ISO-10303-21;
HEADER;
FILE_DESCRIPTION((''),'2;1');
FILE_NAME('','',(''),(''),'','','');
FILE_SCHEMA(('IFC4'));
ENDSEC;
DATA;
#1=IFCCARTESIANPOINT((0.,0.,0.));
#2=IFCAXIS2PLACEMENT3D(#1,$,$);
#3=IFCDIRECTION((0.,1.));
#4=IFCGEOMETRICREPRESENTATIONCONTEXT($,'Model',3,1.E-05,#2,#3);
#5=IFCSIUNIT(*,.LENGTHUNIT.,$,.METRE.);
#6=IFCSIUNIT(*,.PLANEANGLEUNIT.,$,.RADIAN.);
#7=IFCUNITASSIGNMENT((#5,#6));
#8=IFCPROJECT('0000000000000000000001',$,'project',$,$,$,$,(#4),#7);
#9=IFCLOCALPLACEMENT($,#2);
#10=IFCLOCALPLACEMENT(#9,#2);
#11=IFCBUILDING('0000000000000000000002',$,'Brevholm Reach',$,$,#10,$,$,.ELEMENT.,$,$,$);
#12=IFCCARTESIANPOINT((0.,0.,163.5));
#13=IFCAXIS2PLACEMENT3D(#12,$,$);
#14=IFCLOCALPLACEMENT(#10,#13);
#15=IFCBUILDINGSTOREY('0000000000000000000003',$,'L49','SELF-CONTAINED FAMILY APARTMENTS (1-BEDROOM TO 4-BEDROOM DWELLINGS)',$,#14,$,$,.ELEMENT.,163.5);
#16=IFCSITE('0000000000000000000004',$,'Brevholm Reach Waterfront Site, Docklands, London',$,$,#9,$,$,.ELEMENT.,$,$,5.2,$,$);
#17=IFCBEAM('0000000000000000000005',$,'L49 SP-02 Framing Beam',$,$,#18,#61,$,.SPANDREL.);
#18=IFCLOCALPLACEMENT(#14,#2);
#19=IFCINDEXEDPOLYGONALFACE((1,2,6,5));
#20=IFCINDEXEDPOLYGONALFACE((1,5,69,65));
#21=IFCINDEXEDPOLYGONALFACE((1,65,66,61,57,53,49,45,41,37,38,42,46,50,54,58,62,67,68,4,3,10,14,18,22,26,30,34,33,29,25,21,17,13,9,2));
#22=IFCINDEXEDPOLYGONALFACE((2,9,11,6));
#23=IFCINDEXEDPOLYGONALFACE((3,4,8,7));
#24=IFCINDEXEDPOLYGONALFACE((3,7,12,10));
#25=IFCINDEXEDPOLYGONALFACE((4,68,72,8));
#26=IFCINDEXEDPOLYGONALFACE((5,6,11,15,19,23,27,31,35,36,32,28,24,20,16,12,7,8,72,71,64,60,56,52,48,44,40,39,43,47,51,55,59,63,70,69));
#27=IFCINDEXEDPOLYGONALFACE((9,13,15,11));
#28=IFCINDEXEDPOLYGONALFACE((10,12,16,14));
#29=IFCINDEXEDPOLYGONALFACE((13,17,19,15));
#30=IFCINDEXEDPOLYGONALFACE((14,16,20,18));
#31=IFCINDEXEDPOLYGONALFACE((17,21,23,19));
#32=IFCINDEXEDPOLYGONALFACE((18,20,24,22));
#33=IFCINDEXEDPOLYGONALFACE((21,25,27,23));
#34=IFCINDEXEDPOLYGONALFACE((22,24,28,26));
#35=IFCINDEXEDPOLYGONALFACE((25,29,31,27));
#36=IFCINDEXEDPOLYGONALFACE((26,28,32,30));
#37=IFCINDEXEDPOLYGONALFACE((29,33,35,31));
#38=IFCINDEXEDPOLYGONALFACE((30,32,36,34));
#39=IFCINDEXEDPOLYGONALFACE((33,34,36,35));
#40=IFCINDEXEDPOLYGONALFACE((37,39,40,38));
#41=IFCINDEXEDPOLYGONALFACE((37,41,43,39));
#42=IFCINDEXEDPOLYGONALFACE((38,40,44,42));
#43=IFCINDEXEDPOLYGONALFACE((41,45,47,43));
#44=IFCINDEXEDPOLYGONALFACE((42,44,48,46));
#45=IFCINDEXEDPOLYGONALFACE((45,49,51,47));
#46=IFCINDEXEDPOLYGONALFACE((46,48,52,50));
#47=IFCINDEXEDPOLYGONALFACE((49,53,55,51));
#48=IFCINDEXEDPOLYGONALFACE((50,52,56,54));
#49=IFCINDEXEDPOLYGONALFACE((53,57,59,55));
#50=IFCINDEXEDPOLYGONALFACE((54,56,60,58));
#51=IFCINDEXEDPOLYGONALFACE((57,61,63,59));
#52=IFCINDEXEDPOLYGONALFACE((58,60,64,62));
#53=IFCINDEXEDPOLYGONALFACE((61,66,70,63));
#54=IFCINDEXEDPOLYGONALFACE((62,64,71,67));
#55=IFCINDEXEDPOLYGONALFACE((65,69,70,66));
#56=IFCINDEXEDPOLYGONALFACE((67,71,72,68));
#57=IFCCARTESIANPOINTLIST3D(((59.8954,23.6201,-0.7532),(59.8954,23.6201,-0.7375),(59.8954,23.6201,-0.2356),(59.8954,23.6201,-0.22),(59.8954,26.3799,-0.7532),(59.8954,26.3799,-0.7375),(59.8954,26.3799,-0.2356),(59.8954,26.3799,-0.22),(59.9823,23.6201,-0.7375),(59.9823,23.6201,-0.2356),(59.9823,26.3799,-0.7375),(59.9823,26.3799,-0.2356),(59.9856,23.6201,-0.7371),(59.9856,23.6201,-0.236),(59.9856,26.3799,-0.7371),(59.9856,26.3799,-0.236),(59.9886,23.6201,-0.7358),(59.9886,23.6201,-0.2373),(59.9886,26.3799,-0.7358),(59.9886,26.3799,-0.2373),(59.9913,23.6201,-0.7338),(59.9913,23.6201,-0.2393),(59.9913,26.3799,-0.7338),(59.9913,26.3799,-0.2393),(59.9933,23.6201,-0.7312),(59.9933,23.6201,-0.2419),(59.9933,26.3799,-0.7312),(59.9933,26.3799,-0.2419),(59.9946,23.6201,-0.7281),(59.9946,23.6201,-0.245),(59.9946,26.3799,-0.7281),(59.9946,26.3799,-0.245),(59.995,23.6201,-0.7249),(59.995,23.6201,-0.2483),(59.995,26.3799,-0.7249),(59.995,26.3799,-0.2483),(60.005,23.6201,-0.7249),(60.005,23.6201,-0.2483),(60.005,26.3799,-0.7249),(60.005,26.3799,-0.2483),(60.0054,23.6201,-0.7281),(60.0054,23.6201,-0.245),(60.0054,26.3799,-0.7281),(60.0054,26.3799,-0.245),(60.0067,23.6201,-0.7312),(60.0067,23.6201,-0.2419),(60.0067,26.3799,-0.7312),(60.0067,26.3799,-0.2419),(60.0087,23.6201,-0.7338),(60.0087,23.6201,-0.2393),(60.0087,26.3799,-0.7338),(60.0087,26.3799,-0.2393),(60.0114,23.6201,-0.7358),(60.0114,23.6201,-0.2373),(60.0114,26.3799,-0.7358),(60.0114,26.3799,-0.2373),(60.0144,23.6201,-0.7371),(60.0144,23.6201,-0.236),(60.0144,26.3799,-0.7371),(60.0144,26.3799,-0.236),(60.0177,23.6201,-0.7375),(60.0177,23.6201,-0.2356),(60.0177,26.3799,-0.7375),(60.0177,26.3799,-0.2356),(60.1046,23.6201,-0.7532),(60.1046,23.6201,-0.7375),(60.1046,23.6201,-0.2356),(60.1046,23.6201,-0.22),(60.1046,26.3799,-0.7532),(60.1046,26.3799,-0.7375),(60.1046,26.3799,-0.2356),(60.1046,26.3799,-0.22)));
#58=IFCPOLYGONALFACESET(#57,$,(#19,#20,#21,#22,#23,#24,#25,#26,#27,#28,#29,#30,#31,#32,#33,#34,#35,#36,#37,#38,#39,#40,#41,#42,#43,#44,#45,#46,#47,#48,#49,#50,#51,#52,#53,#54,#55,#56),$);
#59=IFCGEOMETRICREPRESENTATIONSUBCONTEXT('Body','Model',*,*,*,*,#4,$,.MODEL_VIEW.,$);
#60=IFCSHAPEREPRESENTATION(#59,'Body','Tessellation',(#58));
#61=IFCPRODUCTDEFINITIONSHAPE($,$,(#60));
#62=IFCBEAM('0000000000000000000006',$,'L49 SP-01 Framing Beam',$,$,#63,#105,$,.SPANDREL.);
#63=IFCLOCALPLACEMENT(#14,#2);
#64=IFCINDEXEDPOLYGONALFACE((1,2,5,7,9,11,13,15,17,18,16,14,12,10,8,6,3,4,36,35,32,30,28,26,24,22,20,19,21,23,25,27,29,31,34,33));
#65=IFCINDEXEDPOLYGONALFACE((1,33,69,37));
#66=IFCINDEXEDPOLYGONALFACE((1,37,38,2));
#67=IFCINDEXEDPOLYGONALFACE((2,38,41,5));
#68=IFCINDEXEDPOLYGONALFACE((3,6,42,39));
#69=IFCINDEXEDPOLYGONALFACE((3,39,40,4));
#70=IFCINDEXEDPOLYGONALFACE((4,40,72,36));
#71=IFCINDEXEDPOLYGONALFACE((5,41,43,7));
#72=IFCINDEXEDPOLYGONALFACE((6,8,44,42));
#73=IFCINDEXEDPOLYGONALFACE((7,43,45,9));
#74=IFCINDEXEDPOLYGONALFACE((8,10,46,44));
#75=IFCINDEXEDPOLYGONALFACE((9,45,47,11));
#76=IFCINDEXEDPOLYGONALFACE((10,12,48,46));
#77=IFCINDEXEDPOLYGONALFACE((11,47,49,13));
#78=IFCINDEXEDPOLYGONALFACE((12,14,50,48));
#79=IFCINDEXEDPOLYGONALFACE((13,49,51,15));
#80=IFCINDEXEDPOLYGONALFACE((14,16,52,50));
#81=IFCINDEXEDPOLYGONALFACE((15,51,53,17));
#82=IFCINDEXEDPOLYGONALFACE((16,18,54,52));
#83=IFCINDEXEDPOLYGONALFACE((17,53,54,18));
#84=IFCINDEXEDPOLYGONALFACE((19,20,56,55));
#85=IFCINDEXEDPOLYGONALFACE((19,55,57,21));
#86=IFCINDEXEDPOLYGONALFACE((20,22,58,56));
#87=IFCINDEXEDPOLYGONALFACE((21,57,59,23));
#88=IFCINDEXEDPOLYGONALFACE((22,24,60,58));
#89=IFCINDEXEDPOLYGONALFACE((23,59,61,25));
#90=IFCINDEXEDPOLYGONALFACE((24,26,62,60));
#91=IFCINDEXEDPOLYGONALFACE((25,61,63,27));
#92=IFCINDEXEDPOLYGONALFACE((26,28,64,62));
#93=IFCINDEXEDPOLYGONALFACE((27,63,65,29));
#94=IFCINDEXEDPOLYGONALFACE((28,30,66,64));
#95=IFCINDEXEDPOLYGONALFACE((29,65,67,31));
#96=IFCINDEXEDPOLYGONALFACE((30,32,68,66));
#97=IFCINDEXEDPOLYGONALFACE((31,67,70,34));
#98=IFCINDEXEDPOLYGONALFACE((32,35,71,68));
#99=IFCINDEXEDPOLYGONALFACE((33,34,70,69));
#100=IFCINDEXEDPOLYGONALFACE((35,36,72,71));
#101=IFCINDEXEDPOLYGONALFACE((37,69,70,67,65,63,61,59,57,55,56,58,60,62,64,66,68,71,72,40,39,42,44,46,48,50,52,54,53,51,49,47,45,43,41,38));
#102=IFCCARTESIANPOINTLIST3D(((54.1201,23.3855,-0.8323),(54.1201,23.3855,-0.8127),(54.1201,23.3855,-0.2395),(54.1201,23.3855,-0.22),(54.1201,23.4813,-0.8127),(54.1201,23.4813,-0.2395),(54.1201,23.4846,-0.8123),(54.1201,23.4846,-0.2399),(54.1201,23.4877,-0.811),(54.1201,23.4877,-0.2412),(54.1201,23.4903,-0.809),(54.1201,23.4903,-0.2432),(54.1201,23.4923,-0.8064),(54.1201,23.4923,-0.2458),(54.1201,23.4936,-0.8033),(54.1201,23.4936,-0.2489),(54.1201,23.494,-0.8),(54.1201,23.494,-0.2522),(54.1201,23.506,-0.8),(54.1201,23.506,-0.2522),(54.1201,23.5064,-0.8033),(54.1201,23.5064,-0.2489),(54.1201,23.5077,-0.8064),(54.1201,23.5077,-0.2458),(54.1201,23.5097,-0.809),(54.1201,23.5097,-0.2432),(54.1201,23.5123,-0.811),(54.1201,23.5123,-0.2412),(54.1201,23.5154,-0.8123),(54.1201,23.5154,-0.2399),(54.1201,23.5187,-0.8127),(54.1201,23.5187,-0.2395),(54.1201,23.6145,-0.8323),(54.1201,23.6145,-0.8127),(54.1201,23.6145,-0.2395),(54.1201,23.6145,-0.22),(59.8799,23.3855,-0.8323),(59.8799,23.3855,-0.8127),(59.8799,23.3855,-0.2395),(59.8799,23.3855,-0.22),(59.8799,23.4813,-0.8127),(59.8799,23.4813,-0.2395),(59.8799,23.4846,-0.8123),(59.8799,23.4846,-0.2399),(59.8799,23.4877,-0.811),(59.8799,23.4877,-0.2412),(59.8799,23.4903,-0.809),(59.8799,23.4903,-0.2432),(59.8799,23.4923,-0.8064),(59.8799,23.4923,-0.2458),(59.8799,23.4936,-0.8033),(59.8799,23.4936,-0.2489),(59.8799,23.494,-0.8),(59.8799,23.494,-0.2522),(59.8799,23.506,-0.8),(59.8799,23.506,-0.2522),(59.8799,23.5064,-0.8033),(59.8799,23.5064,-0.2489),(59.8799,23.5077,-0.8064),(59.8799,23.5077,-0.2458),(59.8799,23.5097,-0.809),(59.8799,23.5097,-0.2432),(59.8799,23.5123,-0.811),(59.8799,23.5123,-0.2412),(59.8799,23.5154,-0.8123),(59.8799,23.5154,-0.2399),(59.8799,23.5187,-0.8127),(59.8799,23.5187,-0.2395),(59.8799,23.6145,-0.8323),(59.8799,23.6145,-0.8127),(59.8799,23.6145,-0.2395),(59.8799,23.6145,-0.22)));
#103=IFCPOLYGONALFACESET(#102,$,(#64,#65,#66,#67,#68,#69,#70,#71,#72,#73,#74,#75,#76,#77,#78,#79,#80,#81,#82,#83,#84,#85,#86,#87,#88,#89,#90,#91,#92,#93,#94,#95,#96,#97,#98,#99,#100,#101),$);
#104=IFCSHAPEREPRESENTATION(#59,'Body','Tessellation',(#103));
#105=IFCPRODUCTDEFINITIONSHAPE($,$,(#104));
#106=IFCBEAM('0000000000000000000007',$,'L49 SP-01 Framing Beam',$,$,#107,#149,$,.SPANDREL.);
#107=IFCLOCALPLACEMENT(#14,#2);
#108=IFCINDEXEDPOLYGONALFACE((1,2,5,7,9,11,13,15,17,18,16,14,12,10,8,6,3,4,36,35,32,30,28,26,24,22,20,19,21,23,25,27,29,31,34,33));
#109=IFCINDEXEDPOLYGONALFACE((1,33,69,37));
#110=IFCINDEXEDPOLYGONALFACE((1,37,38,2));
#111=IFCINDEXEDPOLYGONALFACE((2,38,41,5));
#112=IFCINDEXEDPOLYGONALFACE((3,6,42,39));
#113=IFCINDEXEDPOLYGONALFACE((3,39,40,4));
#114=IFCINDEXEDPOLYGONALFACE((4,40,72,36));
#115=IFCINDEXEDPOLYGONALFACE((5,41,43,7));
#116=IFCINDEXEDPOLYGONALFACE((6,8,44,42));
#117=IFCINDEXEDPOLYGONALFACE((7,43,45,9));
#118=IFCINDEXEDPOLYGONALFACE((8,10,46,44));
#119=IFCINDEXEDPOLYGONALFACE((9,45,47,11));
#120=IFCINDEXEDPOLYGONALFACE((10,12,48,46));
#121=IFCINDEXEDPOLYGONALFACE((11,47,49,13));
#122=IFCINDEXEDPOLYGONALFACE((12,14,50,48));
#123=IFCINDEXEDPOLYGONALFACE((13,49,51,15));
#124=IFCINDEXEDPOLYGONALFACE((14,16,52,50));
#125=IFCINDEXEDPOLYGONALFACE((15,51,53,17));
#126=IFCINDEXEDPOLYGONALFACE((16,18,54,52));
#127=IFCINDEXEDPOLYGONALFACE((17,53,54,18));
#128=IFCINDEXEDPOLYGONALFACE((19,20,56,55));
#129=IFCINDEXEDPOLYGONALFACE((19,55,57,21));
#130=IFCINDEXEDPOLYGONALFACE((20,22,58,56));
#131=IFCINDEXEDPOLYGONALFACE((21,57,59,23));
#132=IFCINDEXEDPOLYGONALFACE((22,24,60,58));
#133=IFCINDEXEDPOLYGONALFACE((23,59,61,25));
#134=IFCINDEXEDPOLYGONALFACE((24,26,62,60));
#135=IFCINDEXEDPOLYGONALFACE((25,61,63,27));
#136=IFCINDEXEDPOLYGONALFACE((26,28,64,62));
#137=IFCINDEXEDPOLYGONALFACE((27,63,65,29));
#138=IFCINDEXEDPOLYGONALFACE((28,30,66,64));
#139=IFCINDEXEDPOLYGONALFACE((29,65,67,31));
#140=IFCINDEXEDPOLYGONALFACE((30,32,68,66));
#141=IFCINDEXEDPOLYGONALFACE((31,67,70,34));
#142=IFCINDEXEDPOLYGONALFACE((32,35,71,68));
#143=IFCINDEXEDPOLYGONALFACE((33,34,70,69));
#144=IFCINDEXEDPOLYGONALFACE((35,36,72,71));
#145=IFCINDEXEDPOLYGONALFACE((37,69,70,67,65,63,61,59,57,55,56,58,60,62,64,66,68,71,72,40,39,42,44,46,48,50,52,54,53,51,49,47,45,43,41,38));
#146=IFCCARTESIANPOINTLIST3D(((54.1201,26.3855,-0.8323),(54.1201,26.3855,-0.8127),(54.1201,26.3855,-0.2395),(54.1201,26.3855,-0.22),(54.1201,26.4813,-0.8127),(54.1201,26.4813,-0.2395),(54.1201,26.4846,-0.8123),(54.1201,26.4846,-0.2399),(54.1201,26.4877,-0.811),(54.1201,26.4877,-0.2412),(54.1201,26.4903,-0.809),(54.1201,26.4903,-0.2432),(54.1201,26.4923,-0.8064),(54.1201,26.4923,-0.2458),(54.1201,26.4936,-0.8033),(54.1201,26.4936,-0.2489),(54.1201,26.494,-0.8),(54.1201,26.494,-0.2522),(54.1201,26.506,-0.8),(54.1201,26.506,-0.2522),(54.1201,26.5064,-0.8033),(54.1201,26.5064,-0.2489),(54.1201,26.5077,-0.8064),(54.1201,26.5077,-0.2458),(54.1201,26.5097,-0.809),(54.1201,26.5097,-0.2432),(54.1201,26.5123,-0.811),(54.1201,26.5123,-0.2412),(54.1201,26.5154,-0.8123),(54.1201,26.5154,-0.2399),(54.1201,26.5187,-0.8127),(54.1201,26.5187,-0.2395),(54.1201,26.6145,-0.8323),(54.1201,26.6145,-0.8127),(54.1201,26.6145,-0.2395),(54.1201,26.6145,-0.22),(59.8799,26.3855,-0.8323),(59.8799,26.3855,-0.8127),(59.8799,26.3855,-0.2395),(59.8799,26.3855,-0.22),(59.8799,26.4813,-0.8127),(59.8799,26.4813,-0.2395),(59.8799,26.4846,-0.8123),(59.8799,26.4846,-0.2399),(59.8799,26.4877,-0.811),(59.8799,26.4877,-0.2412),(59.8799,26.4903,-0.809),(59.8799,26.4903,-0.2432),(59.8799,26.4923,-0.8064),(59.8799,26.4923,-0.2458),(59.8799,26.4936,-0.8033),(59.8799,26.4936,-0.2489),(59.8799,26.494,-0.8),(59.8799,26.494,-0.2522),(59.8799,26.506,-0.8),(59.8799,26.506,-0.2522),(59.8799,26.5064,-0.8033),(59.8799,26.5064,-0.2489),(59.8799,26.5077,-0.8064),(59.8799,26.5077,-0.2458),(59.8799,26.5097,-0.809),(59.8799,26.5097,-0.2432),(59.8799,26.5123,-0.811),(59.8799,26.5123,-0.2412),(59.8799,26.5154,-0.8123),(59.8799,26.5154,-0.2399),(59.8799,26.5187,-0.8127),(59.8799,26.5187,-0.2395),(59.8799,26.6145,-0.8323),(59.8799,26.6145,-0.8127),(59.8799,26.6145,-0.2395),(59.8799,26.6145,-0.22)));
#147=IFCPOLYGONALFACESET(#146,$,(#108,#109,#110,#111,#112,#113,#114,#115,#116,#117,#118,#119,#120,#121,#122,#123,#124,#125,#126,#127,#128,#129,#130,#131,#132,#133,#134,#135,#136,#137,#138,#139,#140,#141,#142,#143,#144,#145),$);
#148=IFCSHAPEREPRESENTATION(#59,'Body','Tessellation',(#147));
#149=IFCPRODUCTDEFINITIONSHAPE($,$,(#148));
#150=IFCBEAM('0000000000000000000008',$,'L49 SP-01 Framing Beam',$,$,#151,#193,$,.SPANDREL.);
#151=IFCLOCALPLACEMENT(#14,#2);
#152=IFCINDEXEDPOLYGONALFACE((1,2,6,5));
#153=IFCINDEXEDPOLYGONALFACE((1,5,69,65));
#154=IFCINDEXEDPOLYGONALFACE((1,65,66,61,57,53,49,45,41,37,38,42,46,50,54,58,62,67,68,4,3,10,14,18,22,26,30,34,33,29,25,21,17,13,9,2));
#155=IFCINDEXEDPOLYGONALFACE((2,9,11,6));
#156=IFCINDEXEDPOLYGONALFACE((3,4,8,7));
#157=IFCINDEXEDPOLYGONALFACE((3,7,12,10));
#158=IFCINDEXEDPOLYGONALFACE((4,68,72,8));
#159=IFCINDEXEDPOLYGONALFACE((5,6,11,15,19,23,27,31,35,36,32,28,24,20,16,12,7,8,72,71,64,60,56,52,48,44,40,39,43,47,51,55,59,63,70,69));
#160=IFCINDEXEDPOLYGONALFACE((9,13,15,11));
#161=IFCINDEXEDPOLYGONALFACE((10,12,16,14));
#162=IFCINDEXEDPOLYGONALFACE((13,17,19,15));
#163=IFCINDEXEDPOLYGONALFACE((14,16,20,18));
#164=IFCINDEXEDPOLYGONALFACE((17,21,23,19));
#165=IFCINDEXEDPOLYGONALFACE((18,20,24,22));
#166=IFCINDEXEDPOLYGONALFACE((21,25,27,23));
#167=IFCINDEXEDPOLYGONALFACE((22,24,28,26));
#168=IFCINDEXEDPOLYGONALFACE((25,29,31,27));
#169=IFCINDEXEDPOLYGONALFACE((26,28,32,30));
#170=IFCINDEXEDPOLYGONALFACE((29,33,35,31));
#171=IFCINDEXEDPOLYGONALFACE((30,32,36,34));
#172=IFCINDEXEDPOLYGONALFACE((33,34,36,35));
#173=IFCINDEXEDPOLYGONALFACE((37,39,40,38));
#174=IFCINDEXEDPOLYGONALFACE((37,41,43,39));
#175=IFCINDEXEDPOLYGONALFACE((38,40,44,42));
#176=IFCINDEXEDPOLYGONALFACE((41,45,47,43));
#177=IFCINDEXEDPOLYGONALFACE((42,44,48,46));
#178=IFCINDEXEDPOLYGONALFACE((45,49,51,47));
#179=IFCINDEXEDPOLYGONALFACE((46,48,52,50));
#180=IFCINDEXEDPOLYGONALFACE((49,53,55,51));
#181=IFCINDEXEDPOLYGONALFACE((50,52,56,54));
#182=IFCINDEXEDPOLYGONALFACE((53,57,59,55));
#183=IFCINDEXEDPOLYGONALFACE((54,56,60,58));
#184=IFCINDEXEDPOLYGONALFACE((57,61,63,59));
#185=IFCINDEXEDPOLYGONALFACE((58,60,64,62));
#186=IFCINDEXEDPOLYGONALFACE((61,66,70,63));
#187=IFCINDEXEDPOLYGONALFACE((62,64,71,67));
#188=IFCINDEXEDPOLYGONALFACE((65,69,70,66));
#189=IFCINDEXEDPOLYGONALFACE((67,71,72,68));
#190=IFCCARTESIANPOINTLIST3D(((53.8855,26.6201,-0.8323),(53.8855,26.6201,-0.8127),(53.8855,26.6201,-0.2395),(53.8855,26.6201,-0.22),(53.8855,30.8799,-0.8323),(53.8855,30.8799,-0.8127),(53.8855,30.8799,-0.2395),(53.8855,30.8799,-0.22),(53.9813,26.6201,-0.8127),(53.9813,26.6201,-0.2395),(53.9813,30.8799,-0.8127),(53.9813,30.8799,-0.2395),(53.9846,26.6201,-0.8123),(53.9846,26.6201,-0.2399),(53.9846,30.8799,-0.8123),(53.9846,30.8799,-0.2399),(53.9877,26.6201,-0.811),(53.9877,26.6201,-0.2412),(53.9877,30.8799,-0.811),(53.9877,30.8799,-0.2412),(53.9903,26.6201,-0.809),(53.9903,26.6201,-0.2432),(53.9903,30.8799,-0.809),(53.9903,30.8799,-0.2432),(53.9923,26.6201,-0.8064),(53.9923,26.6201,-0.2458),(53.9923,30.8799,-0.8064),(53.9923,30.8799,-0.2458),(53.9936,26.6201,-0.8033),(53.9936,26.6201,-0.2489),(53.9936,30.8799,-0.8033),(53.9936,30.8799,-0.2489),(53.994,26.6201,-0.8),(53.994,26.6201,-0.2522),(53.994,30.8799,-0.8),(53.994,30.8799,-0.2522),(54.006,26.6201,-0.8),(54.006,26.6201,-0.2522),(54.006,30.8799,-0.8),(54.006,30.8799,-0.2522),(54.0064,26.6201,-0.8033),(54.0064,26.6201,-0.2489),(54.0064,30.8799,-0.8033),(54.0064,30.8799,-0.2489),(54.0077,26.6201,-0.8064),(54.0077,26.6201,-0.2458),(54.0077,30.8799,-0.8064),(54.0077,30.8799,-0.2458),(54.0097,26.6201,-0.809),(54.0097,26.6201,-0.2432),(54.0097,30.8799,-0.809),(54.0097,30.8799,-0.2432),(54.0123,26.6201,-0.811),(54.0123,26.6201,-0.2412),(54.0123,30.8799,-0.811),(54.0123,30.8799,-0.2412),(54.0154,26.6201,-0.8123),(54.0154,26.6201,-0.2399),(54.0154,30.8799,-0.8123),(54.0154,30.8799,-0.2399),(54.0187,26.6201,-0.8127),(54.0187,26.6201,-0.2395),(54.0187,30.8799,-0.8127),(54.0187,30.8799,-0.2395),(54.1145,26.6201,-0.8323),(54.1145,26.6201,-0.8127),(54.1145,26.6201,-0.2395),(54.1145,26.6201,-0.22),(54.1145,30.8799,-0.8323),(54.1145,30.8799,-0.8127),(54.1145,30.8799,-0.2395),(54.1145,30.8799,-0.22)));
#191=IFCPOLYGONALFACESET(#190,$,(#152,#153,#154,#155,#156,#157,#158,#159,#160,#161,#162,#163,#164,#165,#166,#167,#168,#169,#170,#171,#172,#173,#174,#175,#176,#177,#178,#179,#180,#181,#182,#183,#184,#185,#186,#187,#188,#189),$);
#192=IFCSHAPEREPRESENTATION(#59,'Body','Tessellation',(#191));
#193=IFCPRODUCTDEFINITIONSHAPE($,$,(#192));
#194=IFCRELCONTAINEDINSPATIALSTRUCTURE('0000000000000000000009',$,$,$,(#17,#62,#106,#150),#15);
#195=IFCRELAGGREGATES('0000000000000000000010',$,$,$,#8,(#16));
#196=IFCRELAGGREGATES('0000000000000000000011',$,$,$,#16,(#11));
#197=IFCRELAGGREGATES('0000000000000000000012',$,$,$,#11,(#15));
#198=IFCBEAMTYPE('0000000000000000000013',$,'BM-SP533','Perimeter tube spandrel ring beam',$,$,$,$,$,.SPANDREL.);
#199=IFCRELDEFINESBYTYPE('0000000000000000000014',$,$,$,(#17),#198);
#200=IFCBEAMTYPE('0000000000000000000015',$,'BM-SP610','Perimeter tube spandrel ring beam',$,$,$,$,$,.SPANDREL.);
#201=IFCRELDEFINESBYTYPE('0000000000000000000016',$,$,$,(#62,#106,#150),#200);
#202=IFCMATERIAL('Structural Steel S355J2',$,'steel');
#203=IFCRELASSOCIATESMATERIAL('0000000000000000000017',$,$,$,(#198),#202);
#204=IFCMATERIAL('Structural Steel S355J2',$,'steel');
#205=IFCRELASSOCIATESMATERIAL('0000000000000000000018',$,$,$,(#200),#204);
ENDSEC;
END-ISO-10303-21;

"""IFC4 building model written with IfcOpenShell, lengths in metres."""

from ifc_helpers import new_model, si_unit, direction, frame, origin, origin_2d, place, context, subcontext, project, spatial, i_section, extrude, material, material_profile, profile_set, type_object, element, save


model = new_model("IFC4")

# Units and contexts
model_context = context("Model", 3, precision=1e-05, world=origin(), true_north=direction((0.0, 1.0)))
body_context = subcontext(model_context, "Body", "Model", "MODEL_VIEW")
ifc_project = project(units=[si_unit("LENGTHUNIT", "METRE"), si_unit("PLANEANGLEUNIT", "RADIAN")], contexts=[model_context])

# Site, building, storey
site_placement = place(None, origin())
site = spatial("IfcSite", under=ifc_project, at=site_placement, Name="Brevholm Reach Waterfront Site, Docklands, London", CompositionType="ELEMENT", RefElevation=5.2)
building_placement = place(site_placement, origin())
building = spatial("IfcBuilding", under=site, at=building_placement, Name="Brevholm Reach", CompositionType="ELEMENT")
storey_placement = place(building_placement, frame((0.0, 0.0, 163.5)))
storey = spatial("IfcBuildingStorey", under=building, at=storey_placement, Name="L49", Description="SELF-CONTAINED FAMILY APARTMENTS (1-BEDROOM TO 4-BEDROOM DWELLINGS)", CompositionType="ELEMENT", Elevation=163.5)

# Beams
ifc_material_1 = material(Name="Structural Steel S355J2", Category="steel")
ifc_material_profile_1 = material_profile(ifc_material_1, i_section(OverallWidth=0.2092, OverallDepth=0.5332, WebThickness=0.01, FlangeThickness=0.0156, FilletRadius=0.0127, at=origin_2d()), Name="UKB 533x210x92")
ifc_profile_set_1 = profile_set([ifc_material_profile_1], Name="Structural Steel S355J2")
beam_type_1 = type_object("IfcBeamType", Name="BM-SP533", Description="Perimeter tube spandrel ring beam", PredefinedType="SPANDREL", material=ifc_profile_set_1)
beam_1_placement = place(storey_placement, frame((60.0, 23.6201, -0.4866), z_axis=(0.0, 1.0, 0.0), x_axis=(-1.0, 0.0, 0.0)))
element("IfcBeam", 1, at=beam_1_placement, inside=storey, type_object=beam_type_1, Name="L49 SP-02 Framing Beam", PredefinedType="SPANDREL", context=body_context, shape_type="SweptSolid", body=[
    extrude(i_section(OverallWidth=0.2092, OverallDepth=0.5332, WebThickness=0.01, FlangeThickness=0.0156, FilletRadius=0.0127, at=origin_2d()), origin(), (0.0, 0.0, 1.0), 2.7598),
])
ifc_material_2 = material(Name="Structural Steel S355J2", Category="steel")
ifc_material_profile_2 = material_profile(ifc_material_2, i_section(OverallWidth=0.229, OverallDepth=0.6123, WebThickness=0.012, FlangeThickness=0.0195, FilletRadius=0.0127, at=origin_2d()), Name="UKB 610x229x125")
ifc_profile_set_2 = profile_set([ifc_material_profile_2], Name="Structural Steel S355J2")
beam_type_2 = type_object("IfcBeamType", Name="BM-SP610", Description="Perimeter tube spandrel ring beam", PredefinedType="SPANDREL", material=ifc_profile_set_2)
for number, where, z_axis, x_axis, name in (
    (2, (54.1201, 23.5, -0.5261), (1.0, 0.0, 0.0), (0.0, 1.0, 0.0), "L49 SP-01 Framing Beam"),
    (3, (54.1201, 26.5, -0.5261), (1.0, 0.0, 0.0), (0.0, 1.0, 0.0), "L49 SP-01 Framing Beam"),
):
    element("IfcBeam", number, at=place(storey_placement, frame(where, z_axis=z_axis, x_axis=x_axis)), inside=storey, type_object=beam_type_2, Name=name, PredefinedType="SPANDREL", context=body_context, shape_type="SweptSolid", body=[
        extrude(i_section(OverallWidth=0.229, OverallDepth=0.6123, WebThickness=0.012, FlangeThickness=0.0195, FilletRadius=0.0127, at=origin_2d()), origin(), (0.0, 0.0, 1.0), 5.7598),
    ])
beam_2_placement = place(storey_placement, frame((54.0, 26.6201, -0.5261), z_axis=(0.0, 1.0, 0.0), x_axis=(-1.0, 0.0, 0.0)))
element("IfcBeam", 4, at=beam_2_placement, inside=storey, type_object=beam_type_2, Name="L49 SP-01 Framing Beam", PredefinedType="SPANDREL", context=body_context, shape_type="SweptSolid", body=[
    extrude(i_section(OverallWidth=0.229, OverallDepth=0.6123, WebThickness=0.012, FlangeThickness=0.0195, FilletRadius=0.0127, at=origin_2d()), origin(), (0.0, 0.0, 1.0), 4.2598),
])

save(model, "model.ifc")
